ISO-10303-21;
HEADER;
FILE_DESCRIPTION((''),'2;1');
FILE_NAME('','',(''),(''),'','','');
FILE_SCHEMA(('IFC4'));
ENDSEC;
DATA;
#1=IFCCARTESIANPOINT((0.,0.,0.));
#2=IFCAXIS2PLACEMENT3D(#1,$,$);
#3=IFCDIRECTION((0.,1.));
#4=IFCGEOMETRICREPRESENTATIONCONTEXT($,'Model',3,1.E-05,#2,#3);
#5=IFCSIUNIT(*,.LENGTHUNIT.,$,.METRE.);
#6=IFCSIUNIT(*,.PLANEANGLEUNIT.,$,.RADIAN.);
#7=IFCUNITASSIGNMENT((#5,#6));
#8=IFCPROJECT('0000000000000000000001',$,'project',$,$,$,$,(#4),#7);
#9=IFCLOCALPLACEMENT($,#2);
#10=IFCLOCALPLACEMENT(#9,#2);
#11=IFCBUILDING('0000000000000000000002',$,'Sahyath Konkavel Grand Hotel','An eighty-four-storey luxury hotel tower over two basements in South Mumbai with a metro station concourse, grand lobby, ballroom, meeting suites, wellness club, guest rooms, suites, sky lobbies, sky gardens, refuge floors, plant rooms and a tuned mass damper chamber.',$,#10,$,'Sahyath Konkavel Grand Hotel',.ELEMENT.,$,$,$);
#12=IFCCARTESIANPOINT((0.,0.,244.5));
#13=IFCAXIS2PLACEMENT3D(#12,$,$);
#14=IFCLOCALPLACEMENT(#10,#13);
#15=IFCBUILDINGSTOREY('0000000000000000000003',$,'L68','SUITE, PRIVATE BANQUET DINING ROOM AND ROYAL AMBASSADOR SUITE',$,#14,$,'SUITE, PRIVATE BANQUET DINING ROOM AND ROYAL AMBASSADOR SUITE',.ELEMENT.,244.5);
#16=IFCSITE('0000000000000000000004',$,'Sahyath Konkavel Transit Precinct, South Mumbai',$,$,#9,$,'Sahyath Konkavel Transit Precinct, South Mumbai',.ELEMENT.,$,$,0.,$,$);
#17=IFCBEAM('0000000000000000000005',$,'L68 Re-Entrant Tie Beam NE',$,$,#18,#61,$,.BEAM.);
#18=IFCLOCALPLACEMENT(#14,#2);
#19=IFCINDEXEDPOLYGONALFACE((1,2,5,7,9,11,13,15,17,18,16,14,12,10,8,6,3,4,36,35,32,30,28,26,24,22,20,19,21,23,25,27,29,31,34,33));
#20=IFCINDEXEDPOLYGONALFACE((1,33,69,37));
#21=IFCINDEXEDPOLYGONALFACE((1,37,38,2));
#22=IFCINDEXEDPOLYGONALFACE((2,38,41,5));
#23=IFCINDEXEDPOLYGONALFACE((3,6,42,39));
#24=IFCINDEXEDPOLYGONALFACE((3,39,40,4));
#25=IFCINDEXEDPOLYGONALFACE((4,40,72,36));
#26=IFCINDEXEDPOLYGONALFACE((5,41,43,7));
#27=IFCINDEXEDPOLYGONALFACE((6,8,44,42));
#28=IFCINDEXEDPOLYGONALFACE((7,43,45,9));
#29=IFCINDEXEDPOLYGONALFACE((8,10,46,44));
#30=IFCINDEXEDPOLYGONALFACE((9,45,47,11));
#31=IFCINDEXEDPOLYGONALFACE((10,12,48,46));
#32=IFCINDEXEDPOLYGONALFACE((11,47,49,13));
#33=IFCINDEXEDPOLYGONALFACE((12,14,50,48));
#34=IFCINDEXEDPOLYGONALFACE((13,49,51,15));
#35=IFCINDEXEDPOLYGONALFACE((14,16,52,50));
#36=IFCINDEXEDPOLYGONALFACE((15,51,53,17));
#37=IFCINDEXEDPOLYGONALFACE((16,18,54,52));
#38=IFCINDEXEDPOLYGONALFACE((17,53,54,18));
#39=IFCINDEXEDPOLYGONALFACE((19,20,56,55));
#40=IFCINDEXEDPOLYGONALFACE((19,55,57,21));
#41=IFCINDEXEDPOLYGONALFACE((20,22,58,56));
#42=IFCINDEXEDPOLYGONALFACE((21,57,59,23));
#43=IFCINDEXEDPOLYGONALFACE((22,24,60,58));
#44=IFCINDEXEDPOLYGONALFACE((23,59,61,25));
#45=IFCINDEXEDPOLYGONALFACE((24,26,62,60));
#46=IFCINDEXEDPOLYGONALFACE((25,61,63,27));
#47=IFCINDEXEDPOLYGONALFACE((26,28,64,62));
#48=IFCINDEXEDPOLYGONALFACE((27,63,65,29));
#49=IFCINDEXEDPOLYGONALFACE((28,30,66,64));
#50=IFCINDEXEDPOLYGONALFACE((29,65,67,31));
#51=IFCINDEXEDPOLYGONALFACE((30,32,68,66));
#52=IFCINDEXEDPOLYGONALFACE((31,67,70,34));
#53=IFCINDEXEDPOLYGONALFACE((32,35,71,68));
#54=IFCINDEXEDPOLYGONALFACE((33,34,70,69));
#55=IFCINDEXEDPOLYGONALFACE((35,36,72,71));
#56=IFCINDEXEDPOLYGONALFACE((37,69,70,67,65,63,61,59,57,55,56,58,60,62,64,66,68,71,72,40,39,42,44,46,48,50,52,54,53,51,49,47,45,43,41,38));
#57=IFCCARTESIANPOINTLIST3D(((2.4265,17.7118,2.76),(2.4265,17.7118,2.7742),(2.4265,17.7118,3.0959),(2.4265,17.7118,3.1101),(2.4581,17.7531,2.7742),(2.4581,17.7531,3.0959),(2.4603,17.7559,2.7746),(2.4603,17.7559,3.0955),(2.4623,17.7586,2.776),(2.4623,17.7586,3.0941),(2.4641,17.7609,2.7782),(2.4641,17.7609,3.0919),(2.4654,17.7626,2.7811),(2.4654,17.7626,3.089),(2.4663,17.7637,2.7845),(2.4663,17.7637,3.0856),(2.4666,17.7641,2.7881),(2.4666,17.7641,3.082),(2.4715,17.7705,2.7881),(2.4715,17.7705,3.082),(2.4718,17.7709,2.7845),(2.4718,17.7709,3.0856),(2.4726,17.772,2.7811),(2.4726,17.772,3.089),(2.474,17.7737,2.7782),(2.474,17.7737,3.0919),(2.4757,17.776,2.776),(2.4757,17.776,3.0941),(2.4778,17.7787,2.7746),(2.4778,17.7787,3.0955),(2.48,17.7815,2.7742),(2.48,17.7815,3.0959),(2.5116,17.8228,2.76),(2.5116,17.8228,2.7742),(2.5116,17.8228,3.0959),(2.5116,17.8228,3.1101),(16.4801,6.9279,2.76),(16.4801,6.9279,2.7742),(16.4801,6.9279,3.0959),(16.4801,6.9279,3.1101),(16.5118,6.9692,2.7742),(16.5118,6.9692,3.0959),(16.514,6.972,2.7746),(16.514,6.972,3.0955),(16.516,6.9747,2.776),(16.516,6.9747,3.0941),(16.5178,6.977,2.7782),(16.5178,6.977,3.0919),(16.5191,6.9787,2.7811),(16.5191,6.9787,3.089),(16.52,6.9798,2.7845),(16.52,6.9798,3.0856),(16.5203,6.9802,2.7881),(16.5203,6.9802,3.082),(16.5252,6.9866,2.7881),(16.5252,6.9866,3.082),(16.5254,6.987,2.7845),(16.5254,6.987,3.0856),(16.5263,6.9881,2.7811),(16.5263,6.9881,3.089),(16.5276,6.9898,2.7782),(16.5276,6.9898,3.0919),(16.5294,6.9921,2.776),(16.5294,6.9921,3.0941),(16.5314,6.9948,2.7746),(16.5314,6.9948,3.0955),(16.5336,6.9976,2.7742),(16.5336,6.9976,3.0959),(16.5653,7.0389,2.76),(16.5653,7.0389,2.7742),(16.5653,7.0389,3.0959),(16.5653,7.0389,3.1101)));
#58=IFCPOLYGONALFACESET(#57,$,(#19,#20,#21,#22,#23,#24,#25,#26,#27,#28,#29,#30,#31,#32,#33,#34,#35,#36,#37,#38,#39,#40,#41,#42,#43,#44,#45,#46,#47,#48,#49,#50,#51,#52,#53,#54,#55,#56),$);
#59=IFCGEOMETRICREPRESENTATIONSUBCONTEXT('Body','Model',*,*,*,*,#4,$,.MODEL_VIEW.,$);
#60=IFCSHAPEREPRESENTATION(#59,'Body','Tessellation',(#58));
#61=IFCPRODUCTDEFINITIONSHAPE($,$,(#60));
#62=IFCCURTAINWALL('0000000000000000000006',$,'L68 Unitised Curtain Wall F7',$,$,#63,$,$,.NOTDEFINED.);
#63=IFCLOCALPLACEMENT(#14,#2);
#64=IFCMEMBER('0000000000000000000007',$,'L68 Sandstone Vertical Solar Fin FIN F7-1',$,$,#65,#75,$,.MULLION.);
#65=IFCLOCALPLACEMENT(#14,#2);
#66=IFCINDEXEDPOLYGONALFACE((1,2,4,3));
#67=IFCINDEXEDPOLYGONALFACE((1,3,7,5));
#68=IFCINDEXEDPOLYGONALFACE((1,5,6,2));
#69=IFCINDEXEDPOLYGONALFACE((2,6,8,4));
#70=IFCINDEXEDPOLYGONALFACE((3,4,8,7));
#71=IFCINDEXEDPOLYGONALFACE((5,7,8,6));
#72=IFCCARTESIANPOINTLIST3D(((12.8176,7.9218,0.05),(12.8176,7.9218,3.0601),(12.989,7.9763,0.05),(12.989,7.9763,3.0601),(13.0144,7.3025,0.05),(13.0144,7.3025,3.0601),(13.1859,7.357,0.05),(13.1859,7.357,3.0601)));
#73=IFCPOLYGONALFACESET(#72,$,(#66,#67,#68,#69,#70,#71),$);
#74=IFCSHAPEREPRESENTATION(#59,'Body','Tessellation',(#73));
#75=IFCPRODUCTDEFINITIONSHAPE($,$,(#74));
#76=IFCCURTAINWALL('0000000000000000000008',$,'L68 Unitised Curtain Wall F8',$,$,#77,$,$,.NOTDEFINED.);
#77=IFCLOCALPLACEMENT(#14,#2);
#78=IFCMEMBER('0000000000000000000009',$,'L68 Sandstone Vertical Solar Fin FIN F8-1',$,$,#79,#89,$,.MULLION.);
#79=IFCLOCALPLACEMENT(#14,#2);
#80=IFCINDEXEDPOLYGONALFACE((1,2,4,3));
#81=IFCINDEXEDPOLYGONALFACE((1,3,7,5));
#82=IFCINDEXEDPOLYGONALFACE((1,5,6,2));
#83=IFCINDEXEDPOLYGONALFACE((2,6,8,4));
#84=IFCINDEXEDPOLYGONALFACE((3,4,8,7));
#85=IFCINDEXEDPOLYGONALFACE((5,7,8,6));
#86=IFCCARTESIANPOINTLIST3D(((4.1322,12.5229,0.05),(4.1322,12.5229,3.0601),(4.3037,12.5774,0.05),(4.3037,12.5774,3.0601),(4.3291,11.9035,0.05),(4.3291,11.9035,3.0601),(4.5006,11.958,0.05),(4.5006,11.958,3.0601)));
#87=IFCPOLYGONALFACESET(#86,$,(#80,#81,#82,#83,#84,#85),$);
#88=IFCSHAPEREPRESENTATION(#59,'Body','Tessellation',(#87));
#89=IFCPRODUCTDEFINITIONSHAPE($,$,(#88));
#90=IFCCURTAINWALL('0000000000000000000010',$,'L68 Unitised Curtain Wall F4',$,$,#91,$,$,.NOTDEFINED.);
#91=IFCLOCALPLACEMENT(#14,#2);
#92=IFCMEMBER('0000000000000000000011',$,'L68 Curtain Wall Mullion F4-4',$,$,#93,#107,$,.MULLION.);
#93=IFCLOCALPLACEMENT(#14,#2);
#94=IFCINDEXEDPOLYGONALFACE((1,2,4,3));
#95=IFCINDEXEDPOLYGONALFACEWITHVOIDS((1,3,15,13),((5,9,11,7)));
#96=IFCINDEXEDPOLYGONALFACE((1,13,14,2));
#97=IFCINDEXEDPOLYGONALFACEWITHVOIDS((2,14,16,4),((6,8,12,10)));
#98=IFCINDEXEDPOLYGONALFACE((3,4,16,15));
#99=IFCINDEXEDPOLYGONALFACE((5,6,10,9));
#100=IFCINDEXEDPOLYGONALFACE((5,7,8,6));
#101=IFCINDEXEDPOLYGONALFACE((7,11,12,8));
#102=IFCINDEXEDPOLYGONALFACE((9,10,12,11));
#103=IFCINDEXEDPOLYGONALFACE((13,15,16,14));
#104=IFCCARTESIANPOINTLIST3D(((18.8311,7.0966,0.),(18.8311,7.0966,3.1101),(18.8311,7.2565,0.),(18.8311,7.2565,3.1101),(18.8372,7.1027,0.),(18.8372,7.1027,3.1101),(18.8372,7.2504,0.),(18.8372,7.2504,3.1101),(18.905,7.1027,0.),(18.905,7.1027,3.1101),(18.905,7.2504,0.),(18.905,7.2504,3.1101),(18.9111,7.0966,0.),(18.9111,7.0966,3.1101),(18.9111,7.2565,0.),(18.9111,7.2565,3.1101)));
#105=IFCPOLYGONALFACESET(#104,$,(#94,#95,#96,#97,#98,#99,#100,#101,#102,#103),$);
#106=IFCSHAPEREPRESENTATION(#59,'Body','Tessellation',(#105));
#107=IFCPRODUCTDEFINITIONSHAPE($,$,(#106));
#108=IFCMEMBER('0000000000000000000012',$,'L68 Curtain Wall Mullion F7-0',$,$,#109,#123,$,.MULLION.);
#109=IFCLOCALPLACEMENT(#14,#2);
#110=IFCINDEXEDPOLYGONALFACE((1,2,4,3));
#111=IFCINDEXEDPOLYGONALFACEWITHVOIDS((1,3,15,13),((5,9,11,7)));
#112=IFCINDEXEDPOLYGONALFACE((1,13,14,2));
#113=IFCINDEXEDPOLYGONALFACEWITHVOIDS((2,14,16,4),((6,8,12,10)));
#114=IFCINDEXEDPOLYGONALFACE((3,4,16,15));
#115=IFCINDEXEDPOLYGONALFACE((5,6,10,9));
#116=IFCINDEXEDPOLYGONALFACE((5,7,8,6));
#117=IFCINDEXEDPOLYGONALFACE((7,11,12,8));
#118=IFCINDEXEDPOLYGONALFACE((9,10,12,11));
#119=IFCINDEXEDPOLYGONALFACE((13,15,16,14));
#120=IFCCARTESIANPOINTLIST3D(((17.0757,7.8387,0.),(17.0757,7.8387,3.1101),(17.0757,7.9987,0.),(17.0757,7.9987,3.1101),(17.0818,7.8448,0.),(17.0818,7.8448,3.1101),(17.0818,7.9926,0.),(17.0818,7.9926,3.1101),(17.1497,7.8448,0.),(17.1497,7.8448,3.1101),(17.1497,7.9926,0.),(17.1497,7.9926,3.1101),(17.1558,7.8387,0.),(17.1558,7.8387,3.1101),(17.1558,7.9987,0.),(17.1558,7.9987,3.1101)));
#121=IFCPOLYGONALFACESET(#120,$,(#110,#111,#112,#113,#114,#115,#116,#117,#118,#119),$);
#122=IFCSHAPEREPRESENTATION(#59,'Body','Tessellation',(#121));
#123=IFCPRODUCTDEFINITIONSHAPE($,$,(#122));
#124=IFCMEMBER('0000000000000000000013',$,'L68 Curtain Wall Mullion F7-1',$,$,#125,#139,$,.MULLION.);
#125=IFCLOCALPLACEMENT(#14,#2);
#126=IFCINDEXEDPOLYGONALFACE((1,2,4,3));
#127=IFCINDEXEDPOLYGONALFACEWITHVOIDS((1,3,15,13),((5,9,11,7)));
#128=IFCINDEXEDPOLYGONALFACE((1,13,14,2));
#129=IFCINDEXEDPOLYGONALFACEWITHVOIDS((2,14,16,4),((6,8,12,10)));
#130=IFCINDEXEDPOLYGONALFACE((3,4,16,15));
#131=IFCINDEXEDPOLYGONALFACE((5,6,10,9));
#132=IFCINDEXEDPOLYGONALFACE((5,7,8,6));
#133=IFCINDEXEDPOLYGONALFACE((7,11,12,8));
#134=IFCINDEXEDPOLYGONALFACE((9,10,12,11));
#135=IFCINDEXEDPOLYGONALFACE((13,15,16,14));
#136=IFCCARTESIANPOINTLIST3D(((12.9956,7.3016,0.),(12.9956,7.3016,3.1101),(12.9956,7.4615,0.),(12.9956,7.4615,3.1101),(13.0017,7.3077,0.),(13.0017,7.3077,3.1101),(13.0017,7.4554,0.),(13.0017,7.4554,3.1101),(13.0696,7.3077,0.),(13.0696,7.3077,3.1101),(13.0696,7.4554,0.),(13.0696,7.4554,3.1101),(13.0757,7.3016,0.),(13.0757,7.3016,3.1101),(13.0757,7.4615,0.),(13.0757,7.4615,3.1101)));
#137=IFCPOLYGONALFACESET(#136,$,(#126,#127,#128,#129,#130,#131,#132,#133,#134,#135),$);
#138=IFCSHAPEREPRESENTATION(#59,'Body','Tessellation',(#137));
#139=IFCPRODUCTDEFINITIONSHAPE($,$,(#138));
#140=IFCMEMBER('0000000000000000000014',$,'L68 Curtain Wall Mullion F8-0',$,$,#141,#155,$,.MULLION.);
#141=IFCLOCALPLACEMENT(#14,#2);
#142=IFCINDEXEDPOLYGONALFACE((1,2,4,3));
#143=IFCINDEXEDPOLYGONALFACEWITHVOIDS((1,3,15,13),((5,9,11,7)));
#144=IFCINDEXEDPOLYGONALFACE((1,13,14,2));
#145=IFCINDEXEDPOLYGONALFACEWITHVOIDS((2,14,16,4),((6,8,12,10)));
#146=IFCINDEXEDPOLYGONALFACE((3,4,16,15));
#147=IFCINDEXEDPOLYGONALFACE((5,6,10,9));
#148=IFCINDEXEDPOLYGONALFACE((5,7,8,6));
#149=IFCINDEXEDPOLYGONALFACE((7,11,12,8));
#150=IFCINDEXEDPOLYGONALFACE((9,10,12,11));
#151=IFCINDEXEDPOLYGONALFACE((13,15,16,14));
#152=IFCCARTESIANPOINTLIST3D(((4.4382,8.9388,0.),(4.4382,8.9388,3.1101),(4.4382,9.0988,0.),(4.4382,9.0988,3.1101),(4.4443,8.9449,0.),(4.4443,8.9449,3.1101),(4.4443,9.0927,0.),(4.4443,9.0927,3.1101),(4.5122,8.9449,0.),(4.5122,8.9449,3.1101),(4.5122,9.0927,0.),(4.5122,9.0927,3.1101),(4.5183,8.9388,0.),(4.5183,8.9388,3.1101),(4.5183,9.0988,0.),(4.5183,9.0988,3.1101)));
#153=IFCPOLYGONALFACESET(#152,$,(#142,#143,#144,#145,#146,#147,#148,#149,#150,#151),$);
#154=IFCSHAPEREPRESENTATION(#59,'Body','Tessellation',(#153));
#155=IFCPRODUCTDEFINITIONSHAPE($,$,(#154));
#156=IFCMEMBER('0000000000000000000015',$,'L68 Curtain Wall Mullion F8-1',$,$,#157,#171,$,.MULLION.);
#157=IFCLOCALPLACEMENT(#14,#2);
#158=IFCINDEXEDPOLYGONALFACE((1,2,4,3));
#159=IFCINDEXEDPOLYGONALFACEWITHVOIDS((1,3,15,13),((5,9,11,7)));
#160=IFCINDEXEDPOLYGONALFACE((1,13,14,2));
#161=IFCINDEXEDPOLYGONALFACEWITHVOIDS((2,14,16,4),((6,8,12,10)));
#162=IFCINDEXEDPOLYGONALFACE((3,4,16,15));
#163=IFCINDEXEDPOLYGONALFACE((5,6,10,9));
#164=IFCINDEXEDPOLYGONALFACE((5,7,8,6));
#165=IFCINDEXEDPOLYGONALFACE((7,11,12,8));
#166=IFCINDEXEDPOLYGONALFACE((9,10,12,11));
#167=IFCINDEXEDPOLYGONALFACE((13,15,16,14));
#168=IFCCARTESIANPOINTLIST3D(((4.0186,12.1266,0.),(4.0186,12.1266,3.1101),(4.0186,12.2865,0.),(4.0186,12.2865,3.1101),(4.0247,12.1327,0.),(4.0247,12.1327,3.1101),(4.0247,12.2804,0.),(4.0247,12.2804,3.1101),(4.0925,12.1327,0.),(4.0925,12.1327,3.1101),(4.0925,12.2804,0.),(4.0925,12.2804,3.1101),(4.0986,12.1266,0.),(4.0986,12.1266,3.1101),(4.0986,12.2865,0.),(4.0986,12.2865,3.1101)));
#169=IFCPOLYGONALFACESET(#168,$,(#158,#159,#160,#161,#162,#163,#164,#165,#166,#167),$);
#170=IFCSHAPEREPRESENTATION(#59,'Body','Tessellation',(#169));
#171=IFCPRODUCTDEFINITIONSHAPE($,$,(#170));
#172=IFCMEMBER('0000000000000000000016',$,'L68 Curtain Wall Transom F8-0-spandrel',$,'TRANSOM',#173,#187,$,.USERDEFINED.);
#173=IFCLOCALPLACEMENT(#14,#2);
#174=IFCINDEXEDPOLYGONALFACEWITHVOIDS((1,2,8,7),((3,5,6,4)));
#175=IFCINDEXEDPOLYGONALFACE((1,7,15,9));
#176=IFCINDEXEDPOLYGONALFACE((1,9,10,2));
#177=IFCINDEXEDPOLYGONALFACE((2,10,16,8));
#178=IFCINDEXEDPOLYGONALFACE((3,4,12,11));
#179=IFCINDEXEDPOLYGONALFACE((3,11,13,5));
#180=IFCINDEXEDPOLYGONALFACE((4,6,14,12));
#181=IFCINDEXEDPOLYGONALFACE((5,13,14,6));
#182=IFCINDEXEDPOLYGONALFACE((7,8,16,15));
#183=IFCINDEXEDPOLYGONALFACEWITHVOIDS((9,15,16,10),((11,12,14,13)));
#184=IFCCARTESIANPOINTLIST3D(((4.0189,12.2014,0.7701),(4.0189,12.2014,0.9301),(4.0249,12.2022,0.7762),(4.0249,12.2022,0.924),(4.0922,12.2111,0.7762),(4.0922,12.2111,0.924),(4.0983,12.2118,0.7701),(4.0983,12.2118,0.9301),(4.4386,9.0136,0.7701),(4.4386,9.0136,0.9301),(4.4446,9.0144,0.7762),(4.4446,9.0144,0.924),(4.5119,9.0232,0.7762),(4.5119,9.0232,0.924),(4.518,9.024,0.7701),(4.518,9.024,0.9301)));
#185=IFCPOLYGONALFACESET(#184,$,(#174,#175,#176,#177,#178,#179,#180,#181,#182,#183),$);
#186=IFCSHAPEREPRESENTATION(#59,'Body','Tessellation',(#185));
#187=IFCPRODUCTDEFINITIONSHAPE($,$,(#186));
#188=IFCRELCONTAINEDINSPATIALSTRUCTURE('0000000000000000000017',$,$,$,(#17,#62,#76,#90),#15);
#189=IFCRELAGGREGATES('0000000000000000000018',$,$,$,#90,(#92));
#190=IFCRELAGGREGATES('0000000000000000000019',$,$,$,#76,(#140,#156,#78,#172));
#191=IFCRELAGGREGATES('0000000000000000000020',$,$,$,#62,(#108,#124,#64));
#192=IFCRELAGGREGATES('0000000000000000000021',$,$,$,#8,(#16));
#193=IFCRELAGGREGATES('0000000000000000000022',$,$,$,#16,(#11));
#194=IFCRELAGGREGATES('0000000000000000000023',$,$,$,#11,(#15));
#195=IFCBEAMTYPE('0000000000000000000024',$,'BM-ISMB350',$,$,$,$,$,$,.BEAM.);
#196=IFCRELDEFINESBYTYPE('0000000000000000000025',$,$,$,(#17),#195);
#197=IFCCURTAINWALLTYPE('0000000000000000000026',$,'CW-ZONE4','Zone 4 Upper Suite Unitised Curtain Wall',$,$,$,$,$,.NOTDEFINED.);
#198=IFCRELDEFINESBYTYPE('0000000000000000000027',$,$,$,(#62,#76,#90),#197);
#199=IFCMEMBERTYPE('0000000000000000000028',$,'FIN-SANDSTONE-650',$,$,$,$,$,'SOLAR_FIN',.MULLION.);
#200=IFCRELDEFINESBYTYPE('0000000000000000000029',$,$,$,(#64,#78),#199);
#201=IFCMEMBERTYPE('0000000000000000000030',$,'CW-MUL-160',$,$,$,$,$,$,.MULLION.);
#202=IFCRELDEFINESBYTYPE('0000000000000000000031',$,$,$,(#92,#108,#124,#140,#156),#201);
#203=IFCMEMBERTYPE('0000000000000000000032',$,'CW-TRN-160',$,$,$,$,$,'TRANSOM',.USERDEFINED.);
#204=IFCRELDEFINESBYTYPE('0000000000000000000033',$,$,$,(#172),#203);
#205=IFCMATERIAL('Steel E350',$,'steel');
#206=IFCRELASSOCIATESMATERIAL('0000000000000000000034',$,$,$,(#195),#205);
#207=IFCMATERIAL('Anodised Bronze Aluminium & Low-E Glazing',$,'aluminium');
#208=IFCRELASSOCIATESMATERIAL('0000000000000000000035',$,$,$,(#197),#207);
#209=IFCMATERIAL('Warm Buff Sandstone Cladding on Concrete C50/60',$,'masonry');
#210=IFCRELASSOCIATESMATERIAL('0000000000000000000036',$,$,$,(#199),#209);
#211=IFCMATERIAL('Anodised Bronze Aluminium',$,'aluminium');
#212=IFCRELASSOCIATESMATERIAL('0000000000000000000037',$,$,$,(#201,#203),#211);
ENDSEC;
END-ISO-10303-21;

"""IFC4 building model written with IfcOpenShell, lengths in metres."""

from ifc_helpers import new_model, si_unit, direction, frame, origin, origin_2d, place, context, subcontext, project, spatial, rectangle, hollow_rectangle, i_section, extrude, source, transform, mapped, material, material_profile, profile_set, type_object, element, aggregate, save


model = new_model("IFC4")

# Units and contexts
model_context = context("Model", 3, precision=1e-05, world=origin(), true_north=direction((0.0, 1.0)))
body_context = subcontext(model_context, "Body", "Model", "MODEL_VIEW")
ifc_project = project(units=[si_unit("LENGTHUNIT", "METRE"), si_unit("PLANEANGLEUNIT", "RADIAN")], contexts=[model_context])

# Site, building, storey
site_placement = place(None, origin())
site = spatial("IfcSite", under=ifc_project, at=site_placement, Name="Sahyath Konkavel Transit Precinct, South Mumbai", LongName="Sahyath Konkavel Transit Precinct, South Mumbai", CompositionType="ELEMENT", RefElevation=0.0)
building_placement = place(site_placement, origin())
building = spatial("IfcBuilding", under=site, at=building_placement, Name="Sahyath Konkavel Grand Hotel", Description="An eighty-four-storey luxury hotel tower over two basements in South Mumbai with a metro station concourse, grand lobby, ballroom, meeting suites, wellness club, guest rooms, suites, sky lobbies, sky gardens, refuge floors, plant rooms and a tuned mass damper chamber.", LongName="Sahyath Konkavel Grand Hotel", CompositionType="ELEMENT")
storey_placement = place(building_placement, frame((0.0, 0.0, 244.5)))
storey = spatial("IfcBuildingStorey", under=building, at=storey_placement, Name="L68", Description="SUITE, PRIVATE BANQUET DINING ROOM AND ROYAL AMBASSADOR SUITE", LongName="SUITE, PRIVATE BANQUET DINING ROOM AND ROYAL AMBASSADOR SUITE", CompositionType="ELEMENT", Elevation=244.5)

# Beam
ifc_material_1 = material(Name="Steel E350", Category="steel")
ifc_material_profile_1 = material_profile(ifc_material_1, i_section(OverallWidth=0.1399, OverallDepth=0.3501, WebThickness=0.0081, FlangeThickness=0.0142, FilletRadius=0.0139, at=origin_2d()), Name="ISMB 350")
ifc_profile_set_1 = profile_set([ifc_material_profile_1], Name="Steel E350")
beam_type = type_object("IfcBeamType", Name="BM-ISMB350", PredefinedType="BEAM", material=ifc_profile_set_1)
shared_shape_1 = source(origin(), body_context, "Body", "SweptSolid", [
    extrude(i_section(OverallWidth=0.1399, OverallDepth=0.3501, WebThickness=0.0081, FlangeThickness=0.0142, FilletRadius=0.0139, at=origin_2d()), origin(), (0.0, 0.0, 1.0), 17.7144),
])
beam_placement = place(storey_placement, frame((16.5227, 6.9834, 2.9351), z_axis=(-0.793349, 0.608767, 0.0), x_axis=(-0.608767, -0.793349, 0.0)))
element("IfcBeam", 1, at=beam_placement, inside=storey, type_object=beam_type, Name="L68 Re-Entrant Tie Beam NE", PredefinedType="BEAM", context=body_context, shape_type="MappedRepresentation", body=[
    mapped(shared_shape_1, transform((0.0, 0.0, 0.0), scale=1.0)),
])

# Curtain walls, members
ifc_material_2 = material(Name="Anodised Bronze Aluminium & Low-E Glazing", Category="aluminium")
curtain_wall_type = type_object("IfcCurtainWallType", Name="CW-ZONE4", Description="Zone 4 Upper Suite Unitised Curtain Wall", PredefinedType="NOTDEFINED", material=ifc_material_2)
curtain_wall_1_placement = place(storey_placement, origin())
curtain_wall_1 = element("IfcCurtainWall", 2, at=curtain_wall_1_placement, inside=storey, type_object=curtain_wall_type, Name="L68 Unitised Curtain Wall F7", PredefinedType="NOTDEFINED")
ifc_material_3 = material(Name="Warm Buff Sandstone Cladding on Concrete C50/60", Category="masonry")
ifc_material_profile_2 = material_profile(ifc_material_3, rectangle(XDim=0.1799, YDim=0.6499, at=origin_2d()), Name="FIN 180x650")
ifc_profile_set_2 = profile_set([ifc_material_profile_2], Name="Warm Buff Sandstone Cladding on Concrete C50/60")
member_type_1 = type_object("IfcMemberType", Name="FIN-SANDSTONE-650", ElementType="SOLAR_FIN", PredefinedType="MULLION", material=ifc_profile_set_2)
shared_shape_2 = source(origin(), body_context, "Body", "SweptSolid", [
    extrude(rectangle(XDim=0.1799, YDim=0.6499, at=origin_2d()), origin(), (0.0, 0.0, 1.0), 3.01),
])
member_1_placement = place(storey_placement, frame((13.0017, 7.6394, 0.05), z_axis=(0.0, 0.0, 1.0), x_axis=(0.953032, 0.302869, 0.0)))
member_1 = element("IfcMember", 3, at=member_1_placement, type_object=member_type_1, Name="L68 Sandstone Vertical Solar Fin FIN F7-1", PredefinedType="MULLION", context=body_context, shape_type="MappedRepresentation", body=[
    mapped(shared_shape_2, transform((0.0, 0.0, 0.0), scale=1.0)),
])
curtain_wall_2_placement = place(storey_placement, origin())
curtain_wall_2 = element("IfcCurtainWall", 4, at=curtain_wall_2_placement, inside=storey, type_object=curtain_wall_type, Name="L68 Unitised Curtain Wall F8", PredefinedType="NOTDEFINED")
member_2_placement = place(storey_placement, frame((4.3164, 12.2405, 0.05), z_axis=(0.0, 0.0, 1.0), x_axis=(0.953032, 0.302869, 0.0)))
member_2 = element("IfcMember", 5, at=member_2_placement, type_object=member_type_1, Name="L68 Sandstone Vertical Solar Fin FIN F8-1", PredefinedType="MULLION", context=body_context, shape_type="MappedRepresentation", body=[
    mapped(shared_shape_2, transform((0.0, 0.0, 0.0), scale=1.0)),
])
curtain_wall_3_placement = place(storey_placement, origin())
curtain_wall_3 = element("IfcCurtainWall", 6, at=curtain_wall_3_placement, inside=storey, type_object=curtain_wall_type, Name="L68 Unitised Curtain Wall F4", PredefinedType="NOTDEFINED")
ifc_material_4 = material(Name="Anodised Bronze Aluminium", Category="aluminium")
ifc_material_profile_3 = material_profile(ifc_material_4, hollow_rectangle(XDim=0.0801, YDim=0.1599, WallThickness=0.0061, at=origin_2d()), Name="RHS 160x80x6")
ifc_profile_set_3 = profile_set([ifc_material_profile_3], Name="Anodised Bronze Aluminium")
member_type_2 = type_object("IfcMemberType", Name="CW-MUL-160", PredefinedType="MULLION", material=ifc_profile_set_3)
shared_shape_3 = source(origin(), body_context, "Body", "SweptSolid", [
    extrude(hollow_rectangle(XDim=0.0801, YDim=0.1599, WallThickness=0.0061, at=origin_2d()), origin(), (0.0, 0.0, 1.0), 3.1101),
])
member_3_placement = place(storey_placement, frame((18.8711, 7.1765, 0.0), z_axis=(0.0, 0.0, 1.0), x_axis=(1.0, 0.0, 0.0)))
member_3 = element("IfcMember", 7, at=member_3_placement, type_object=member_type_2, Name="L68 Curtain Wall Mullion F4-4", PredefinedType="MULLION", context=body_context, shape_type="MappedRepresentation", body=[
    mapped(shared_shape_3, transform((0.0, 0.0, 0.0), scale=1.0)),
])
aggregate(curtain_wall_3, [member_3])

# Members
member_4_placement = place(storey_placement, frame((17.1157, 7.9187, 0.0), z_axis=(0.0, 0.0, 1.0), x_axis=(1.0, 0.0, 0.0)))
member_4 = element("IfcMember", 8, at=member_4_placement, type_object=member_type_2, Name="L68 Curtain Wall Mullion F7-0", PredefinedType="MULLION", context=body_context, shape_type="MappedRepresentation", body=[
    mapped(shared_shape_3, transform((0.0, 0.0, 0.0), scale=1.0)),
])
member_5_placement = place(storey_placement, frame((13.0356, 7.3816, 0.0), z_axis=(0.0, 0.0, 1.0), x_axis=(1.0, 0.0, 0.0)))
member_5 = element("IfcMember", 9, at=member_5_placement, type_object=member_type_2, Name="L68 Curtain Wall Mullion F7-1", PredefinedType="MULLION", context=body_context, shape_type="MappedRepresentation", body=[
    mapped(shared_shape_3, transform((0.0, 0.0, 0.0), scale=1.0)),
])
member_6_placement = place(storey_placement, frame((4.4783, 9.0188, 0.0), z_axis=(0.0, 0.0, 1.0), x_axis=(1.0, 0.0, 0.0)))
member_6 = element("IfcMember", 10, at=member_6_placement, type_object=member_type_2, Name="L68 Curtain Wall Mullion F8-0", PredefinedType="MULLION", context=body_context, shape_type="MappedRepresentation", body=[
    mapped(shared_shape_3, transform((0.0, 0.0, 0.0), scale=1.0)),
])
member_7_placement = place(storey_placement, frame((4.0586, 12.2065, 0.0), z_axis=(0.0, 0.0, 1.0), x_axis=(1.0, 0.0, 0.0)))
member_7 = element("IfcMember", 11, at=member_7_placement, type_object=member_type_2, Name="L68 Curtain Wall Mullion F8-1", PredefinedType="MULLION", context=body_context, shape_type="MappedRepresentation", body=[
    mapped(shared_shape_3, transform((0.0, 0.0, 0.0), scale=1.0)),
])
ifc_material_profile_4 = material_profile(ifc_material_4, hollow_rectangle(XDim=0.0801, YDim=0.1599, WallThickness=0.0061, at=origin_2d()), Name="RHS 160x80x6")
ifc_profile_set_4 = profile_set([ifc_material_profile_4], Name="Anodised Bronze Aluminium")
member_type_3 = type_object("IfcMemberType", Name="CW-TRN-160", ElementType="TRANSOM", PredefinedType="USERDEFINED", material=ifc_profile_set_4)
shared_shape_4 = source(origin(), body_context, "Body", "SweptSolid", [
    extrude(hollow_rectangle(XDim=0.0801, YDim=0.1599, WallThickness=0.0061, at=origin_2d()), origin(), (0.0, 0.0, 1.0), 3.2153),
])
member_8_placement = place(storey_placement, frame((4.4783, 9.0188, 0.8501), z_axis=(-0.130527, 0.991445, 0.0), x_axis=(-0.991445, -0.130527, 0.0)))
member_8 = element("IfcMember", 12, at=member_8_placement, type_object=member_type_3, Name="L68 Curtain Wall Transom F8-0-spandrel", ObjectType="TRANSOM", PredefinedType="USERDEFINED", context=body_context, shape_type="MappedRepresentation", body=[
    mapped(shared_shape_4, transform((0.0, 0.0, 0.0), scale=1.0)),
])

aggregate(curtain_wall_2, [member_6, member_7, member_2, member_8])
aggregate(curtain_wall_1, [member_4, member_5, member_1])

save(model, "model.ifc")
